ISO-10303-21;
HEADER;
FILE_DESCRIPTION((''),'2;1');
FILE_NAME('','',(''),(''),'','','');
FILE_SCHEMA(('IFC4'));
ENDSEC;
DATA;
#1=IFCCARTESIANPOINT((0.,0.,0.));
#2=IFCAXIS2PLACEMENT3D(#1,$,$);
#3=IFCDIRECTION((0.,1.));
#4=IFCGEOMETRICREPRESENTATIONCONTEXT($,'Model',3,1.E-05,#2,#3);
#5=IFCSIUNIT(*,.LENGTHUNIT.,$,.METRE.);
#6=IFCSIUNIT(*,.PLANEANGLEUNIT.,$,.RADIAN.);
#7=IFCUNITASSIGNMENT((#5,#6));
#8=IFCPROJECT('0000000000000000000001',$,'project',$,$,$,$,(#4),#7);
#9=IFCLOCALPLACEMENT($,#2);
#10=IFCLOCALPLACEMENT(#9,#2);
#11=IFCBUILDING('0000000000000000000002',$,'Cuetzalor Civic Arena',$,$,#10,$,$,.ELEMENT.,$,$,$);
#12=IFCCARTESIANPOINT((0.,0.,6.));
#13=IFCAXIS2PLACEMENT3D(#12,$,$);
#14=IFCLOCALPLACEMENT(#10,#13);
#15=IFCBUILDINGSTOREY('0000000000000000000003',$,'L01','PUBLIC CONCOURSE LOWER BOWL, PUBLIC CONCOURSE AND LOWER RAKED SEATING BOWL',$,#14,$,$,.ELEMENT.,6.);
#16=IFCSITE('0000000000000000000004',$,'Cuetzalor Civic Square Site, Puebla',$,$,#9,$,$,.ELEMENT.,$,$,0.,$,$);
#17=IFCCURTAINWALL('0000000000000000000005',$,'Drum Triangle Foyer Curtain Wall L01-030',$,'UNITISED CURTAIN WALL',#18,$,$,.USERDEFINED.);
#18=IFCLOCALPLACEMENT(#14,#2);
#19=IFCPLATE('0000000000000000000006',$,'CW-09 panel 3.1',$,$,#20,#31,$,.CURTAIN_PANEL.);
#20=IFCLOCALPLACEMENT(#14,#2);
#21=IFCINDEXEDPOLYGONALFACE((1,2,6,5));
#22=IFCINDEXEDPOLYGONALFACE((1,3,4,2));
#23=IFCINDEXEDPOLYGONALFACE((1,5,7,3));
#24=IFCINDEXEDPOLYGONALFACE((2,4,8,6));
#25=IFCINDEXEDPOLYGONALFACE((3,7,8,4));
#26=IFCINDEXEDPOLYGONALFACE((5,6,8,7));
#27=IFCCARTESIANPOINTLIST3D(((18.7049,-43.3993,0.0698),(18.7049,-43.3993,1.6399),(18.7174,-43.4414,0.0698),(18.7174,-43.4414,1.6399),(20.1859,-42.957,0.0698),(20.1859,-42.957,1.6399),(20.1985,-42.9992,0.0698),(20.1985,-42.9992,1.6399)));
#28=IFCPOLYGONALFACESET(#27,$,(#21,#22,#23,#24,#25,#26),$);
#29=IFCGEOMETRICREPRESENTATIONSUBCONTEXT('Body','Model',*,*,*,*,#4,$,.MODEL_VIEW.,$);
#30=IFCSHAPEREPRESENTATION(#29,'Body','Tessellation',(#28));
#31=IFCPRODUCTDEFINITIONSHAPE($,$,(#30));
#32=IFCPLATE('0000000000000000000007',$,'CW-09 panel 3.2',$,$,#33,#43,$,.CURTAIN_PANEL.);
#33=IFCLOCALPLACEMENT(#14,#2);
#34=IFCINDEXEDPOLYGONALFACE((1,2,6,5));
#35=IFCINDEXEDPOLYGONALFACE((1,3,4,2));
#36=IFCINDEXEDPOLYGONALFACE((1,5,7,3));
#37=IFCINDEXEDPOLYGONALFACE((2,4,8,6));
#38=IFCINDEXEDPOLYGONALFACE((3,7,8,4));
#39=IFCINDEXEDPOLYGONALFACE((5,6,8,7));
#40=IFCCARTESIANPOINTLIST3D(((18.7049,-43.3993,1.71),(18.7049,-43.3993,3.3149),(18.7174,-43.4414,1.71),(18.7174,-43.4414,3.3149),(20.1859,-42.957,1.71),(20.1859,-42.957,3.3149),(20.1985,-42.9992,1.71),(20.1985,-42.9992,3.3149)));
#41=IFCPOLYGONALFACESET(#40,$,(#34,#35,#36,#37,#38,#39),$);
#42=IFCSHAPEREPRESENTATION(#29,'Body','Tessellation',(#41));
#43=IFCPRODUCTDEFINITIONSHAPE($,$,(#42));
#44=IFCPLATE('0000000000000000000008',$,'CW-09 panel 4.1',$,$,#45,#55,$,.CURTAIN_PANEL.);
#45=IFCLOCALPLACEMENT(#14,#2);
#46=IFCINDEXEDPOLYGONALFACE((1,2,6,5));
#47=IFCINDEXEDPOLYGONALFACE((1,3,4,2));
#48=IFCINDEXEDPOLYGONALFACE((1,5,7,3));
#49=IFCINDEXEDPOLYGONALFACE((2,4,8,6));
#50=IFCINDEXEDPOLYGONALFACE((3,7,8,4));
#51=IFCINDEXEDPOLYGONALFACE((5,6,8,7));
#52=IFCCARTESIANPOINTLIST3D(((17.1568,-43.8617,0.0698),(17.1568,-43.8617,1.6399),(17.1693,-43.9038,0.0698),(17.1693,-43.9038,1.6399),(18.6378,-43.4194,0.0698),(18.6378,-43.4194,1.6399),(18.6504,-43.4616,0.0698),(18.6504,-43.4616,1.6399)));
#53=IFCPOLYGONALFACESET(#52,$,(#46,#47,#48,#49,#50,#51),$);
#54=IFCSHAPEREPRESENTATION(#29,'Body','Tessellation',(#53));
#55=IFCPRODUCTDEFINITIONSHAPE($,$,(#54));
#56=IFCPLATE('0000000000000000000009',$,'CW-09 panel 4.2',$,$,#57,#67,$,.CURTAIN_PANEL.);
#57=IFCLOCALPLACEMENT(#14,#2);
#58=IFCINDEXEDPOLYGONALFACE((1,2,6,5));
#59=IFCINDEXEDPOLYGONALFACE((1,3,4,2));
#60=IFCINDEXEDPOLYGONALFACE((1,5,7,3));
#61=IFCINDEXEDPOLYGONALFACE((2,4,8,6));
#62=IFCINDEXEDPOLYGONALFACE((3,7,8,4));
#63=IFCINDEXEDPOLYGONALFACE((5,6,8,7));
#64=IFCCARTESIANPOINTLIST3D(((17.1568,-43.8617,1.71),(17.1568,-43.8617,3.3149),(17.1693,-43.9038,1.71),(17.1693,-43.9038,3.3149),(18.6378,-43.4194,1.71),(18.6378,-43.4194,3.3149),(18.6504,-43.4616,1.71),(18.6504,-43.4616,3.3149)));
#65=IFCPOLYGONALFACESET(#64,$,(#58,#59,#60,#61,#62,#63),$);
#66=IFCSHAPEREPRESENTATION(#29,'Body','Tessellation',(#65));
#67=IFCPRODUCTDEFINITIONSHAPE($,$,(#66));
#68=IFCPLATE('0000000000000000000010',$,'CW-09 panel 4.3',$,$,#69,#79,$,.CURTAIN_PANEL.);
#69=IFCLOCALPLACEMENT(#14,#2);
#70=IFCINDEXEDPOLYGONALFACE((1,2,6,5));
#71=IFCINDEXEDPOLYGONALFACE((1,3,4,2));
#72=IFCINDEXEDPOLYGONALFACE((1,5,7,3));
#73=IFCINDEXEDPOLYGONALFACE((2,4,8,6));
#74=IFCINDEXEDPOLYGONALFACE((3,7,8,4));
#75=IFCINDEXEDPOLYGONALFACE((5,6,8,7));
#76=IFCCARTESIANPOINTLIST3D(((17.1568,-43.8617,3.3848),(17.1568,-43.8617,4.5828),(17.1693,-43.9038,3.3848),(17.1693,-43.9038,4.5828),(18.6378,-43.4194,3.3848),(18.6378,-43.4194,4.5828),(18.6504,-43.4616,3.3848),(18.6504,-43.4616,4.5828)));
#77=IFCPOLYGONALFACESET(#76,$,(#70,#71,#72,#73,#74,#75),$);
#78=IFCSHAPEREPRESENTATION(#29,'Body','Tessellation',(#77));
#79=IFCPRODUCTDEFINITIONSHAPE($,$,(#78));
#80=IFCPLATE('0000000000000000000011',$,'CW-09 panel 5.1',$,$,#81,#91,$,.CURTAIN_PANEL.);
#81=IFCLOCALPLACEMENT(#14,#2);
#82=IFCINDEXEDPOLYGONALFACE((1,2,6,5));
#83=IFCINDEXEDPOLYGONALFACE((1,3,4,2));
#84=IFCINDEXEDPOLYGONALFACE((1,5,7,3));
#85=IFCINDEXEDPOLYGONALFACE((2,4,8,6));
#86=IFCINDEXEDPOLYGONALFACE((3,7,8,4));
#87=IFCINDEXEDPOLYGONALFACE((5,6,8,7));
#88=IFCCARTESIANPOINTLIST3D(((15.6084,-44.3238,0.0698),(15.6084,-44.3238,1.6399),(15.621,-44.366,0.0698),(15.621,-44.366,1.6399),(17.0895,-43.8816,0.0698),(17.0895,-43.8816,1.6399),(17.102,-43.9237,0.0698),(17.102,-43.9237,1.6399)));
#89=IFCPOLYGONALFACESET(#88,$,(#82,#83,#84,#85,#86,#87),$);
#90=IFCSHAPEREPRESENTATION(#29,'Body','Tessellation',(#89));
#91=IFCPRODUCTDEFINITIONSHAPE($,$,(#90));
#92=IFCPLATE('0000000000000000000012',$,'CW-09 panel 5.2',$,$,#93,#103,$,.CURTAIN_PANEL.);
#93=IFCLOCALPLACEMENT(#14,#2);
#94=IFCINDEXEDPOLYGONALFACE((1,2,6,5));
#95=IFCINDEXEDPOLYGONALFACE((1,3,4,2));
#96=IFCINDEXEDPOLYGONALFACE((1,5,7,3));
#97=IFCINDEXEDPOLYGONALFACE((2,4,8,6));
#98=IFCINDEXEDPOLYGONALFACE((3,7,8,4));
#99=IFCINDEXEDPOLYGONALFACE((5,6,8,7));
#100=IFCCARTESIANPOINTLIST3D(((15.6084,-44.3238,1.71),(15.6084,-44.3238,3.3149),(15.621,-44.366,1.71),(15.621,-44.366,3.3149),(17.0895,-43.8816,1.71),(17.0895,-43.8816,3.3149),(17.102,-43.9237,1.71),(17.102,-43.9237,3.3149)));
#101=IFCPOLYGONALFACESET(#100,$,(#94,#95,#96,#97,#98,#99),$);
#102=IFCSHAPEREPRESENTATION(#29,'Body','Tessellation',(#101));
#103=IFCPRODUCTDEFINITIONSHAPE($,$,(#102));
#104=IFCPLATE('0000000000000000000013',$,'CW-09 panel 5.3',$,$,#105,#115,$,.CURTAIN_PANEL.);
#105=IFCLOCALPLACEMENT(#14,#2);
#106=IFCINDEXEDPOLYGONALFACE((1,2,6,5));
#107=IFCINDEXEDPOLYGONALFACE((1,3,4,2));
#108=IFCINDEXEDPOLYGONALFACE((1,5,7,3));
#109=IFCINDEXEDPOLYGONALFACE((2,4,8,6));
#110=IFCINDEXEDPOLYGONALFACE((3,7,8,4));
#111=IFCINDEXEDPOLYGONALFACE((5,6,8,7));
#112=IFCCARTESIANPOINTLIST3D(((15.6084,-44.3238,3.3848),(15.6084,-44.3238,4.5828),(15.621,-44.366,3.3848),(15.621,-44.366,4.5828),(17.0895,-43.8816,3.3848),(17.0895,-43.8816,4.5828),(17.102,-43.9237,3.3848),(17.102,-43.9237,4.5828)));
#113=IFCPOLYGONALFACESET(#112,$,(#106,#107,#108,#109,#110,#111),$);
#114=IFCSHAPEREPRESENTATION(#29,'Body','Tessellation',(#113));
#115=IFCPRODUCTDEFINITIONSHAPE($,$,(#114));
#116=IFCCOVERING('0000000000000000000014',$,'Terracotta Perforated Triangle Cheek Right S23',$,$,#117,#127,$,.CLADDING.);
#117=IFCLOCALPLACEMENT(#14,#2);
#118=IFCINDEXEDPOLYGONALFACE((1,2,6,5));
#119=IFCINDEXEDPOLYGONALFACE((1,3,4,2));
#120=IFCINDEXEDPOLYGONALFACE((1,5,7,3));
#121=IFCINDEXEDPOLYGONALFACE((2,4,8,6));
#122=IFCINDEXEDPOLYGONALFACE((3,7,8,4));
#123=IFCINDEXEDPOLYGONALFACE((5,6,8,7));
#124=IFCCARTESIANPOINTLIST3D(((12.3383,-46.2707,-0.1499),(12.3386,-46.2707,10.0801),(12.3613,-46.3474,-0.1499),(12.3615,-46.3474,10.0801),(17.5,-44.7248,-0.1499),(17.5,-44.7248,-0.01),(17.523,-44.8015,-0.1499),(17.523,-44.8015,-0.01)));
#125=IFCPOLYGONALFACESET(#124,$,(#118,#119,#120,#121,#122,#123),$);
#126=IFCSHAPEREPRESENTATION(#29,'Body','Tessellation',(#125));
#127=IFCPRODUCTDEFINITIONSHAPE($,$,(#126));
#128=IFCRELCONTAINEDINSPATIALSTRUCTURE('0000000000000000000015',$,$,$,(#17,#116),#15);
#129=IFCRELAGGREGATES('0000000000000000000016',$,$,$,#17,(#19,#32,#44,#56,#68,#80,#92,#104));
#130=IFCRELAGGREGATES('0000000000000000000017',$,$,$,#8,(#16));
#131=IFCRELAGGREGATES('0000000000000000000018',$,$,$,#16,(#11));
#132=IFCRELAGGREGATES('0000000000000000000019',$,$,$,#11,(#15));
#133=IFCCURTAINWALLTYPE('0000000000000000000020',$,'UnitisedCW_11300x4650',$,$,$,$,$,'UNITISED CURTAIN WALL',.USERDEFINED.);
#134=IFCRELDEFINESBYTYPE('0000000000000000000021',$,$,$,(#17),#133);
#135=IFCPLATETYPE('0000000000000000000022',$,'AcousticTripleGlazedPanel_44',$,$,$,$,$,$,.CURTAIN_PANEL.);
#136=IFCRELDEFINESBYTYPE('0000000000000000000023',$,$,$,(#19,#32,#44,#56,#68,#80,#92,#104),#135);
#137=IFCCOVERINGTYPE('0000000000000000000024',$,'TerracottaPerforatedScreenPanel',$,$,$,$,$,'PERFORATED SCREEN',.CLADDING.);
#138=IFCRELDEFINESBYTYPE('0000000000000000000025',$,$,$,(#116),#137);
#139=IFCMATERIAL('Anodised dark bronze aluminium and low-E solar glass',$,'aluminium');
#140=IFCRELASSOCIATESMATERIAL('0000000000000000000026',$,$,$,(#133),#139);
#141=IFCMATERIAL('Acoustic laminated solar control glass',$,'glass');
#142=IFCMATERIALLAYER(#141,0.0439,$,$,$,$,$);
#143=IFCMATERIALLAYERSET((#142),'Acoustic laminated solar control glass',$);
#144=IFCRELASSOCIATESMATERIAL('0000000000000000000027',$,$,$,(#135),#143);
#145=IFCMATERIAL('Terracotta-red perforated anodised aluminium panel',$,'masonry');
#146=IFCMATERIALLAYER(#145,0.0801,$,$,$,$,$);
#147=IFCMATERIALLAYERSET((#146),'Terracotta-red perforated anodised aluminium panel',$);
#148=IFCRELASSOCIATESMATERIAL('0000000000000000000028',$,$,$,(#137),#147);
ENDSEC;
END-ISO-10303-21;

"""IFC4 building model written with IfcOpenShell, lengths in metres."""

from ifc_helpers import new_model, si_unit, direction, frame, origin, origin_2d, place, context, subcontext, project, spatial, polyline, rectangle, outline, extrude, material, layer, layer_set, type_object, element, aggregate, save


model = new_model("IFC4")

# Units and contexts
model_context = context("Model", 3, precision=1e-05, world=origin(), true_north=direction((0.0, 1.0)))
body_context = subcontext(model_context, "Body", "Model", "MODEL_VIEW")
ifc_project = project(units=[si_unit("LENGTHUNIT", "METRE"), si_unit("PLANEANGLEUNIT", "RADIAN")], contexts=[model_context])

# Site, building, storey
site_placement = place(None, origin())
site = spatial("IfcSite", under=ifc_project, at=site_placement, Name="Cuetzalor Civic Square Site, Puebla", CompositionType="ELEMENT", RefElevation=0.0)
building_placement = place(site_placement, origin())
building = spatial("IfcBuilding", under=site, at=building_placement, Name="Cuetzalor Civic Arena", CompositionType="ELEMENT")
storey_placement = place(building_placement, frame((0.0, 0.0, 6.0)))
storey = spatial("IfcBuildingStorey", under=building, at=storey_placement, Name="L01", Description="PUBLIC CONCOURSE LOWER BOWL, PUBLIC CONCOURSE AND LOWER RAKED SEATING BOWL", CompositionType="ELEMENT", Elevation=6.0)

# Curtain wall, plates
ifc_material_1 = material(Name="Anodised dark bronze aluminium and low-E solar glass", Category="aluminium")
curtain_wall_type = type_object("IfcCurtainWallType", Name="UnitisedCW_11300x4650", ElementType="UNITISED CURTAIN WALL", PredefinedType="USERDEFINED", material=ifc_material_1)
curtain_wall_placement = place(storey_placement, origin())
curtain_wall = element("IfcCurtainWall", 1, at=curtain_wall_placement, inside=storey, type_object=curtain_wall_type, Name="Drum Triangle Foyer Curtain Wall L01-030", ObjectType="UNITISED CURTAIN WALL", PredefinedType="USERDEFINED")
ifc_material_2 = material(Name="Acoustic laminated solar control glass", Category="glass")
ifc_layer_1 = layer(ifc_material_2, 0.0439)
ifc_layer_set_1 = layer_set([ifc_layer_1], Name="Acoustic laminated solar control glass")
plate_type = type_object("IfcPlateType", Name="AcousticTripleGlazedPanel_44", PredefinedType="CURTAIN_PANEL", material=ifc_layer_set_1)
plate_1_placement = place(storey_placement, frame((19.4517, -43.1992, 0.0698), z_axis=(0.0, 0.0, 1.0), x_axis=(-0.958194, -0.28612, 0.0)))
plate_1 = element("IfcPlate", 2, at=plate_1_placement, type_object=plate_type, Name="CW-09 panel 3.1", PredefinedType="CURTAIN_PANEL", context=body_context, shape_type="SweptSolid", body=[
    extrude(rectangle(XDim=1.5457, YDim=0.0439, at=origin_2d()), origin(), (0.0, 0.0, 1.0), 1.5701),
])
plate_2_placement = place(storey_placement, frame((19.4517, -43.1992, 1.71), z_axis=(0.0, 0.0, 1.0), x_axis=(-0.958194, -0.28612, 0.0)))
plate_2 = element("IfcPlate", 3, at=plate_2_placement, type_object=plate_type, Name="CW-09 panel 3.2", PredefinedType="CURTAIN_PANEL", context=body_context, shape_type="SweptSolid", body=[
    extrude(rectangle(XDim=1.5457, YDim=0.0439, at=origin_2d()), origin(), (0.0, 0.0, 1.0), 1.605),
])
plate_3_placement = place(storey_placement, frame((17.9036, -43.6616, 0.0698), z_axis=(0.0, 0.0, 1.0), x_axis=(-0.958194, -0.28612, 0.0)))
plate_3 = element("IfcPlate", 4, at=plate_3_placement, type_object=plate_type, Name="CW-09 panel 4.1", PredefinedType="CURTAIN_PANEL", context=body_context, shape_type="SweptSolid", body=[
    extrude(rectangle(XDim=1.5457, YDim=0.0439, at=origin_2d()), origin(), (0.0, 0.0, 1.0), 1.5701),
])
plate_4_placement = place(storey_placement, frame((17.9036, -43.6616, 1.71), z_axis=(0.0, 0.0, 1.0), x_axis=(-0.958194, -0.28612, 0.0)))
plate_4 = element("IfcPlate", 5, at=plate_4_placement, type_object=plate_type, Name="CW-09 panel 4.2", PredefinedType="CURTAIN_PANEL", context=body_context, shape_type="SweptSolid", body=[
    extrude(rectangle(XDim=1.5457, YDim=0.0439, at=origin_2d()), origin(), (0.0, 0.0, 1.0), 1.605),
])
plate_5_placement = place(storey_placement, frame((17.9036, -43.6616, 3.3848), z_axis=(0.0, 0.0, 1.0), x_axis=(-0.958194, -0.28612, 0.0)))
plate_5 = element("IfcPlate", 6, at=plate_5_placement, type_object=plate_type, Name="CW-09 panel 4.3", PredefinedType="CURTAIN_PANEL", context=body_context, shape_type="SweptSolid", body=[
    extrude(rectangle(XDim=1.5457, YDim=0.0439, at=origin_2d()), origin(), (0.0, 0.0, 1.0), 1.198),
])
plate_6_placement = place(storey_placement, frame((16.3552, -44.1238, 0.0698), z_axis=(0.0, 0.0, 1.0), x_axis=(-0.958194, -0.28612, 0.0)))
plate_6 = element("IfcPlate", 7, at=plate_6_placement, type_object=plate_type, Name="CW-09 panel 5.1", PredefinedType="CURTAIN_PANEL", context=body_context, shape_type="SweptSolid", body=[
    extrude(rectangle(XDim=1.5457, YDim=0.0439, at=origin_2d()), origin(), (0.0, 0.0, 1.0), 1.5701),
])
plate_7_placement = place(storey_placement, frame((16.3552, -44.1238, 1.71), z_axis=(0.0, 0.0, 1.0), x_axis=(-0.958194, -0.28612, 0.0)))
plate_7 = element("IfcPlate", 8, at=plate_7_placement, type_object=plate_type, Name="CW-09 panel 5.2", PredefinedType="CURTAIN_PANEL", context=body_context, shape_type="SweptSolid", body=[
    extrude(rectangle(XDim=1.5457, YDim=0.0439, at=origin_2d()), origin(), (0.0, 0.0, 1.0), 1.605),
])
plate_8_placement = place(storey_placement, frame((16.3552, -44.1238, 3.3848), z_axis=(0.0, 0.0, 1.0), x_axis=(-0.958194, -0.28612, 0.0)))
plate_8 = element("IfcPlate", 9, at=plate_8_placement, type_object=plate_type, Name="CW-09 panel 5.3", PredefinedType="CURTAIN_PANEL", context=body_context, shape_type="SweptSolid", body=[
    extrude(rectangle(XDim=1.5457, YDim=0.0439, at=origin_2d()), origin(), (0.0, 0.0, 1.0), 1.198),
])
aggregate(curtain_wall, [plate_1, plate_2, plate_3, plate_4, plate_5, plate_6, plate_7, plate_8])

# Covering
ifc_material_3 = material(Name="Terracotta-red perforated anodised aluminium panel", Category="masonry")
ifc_layer_2 = layer(ifc_material_3, 0.0801)
ifc_layer_set_2 = layer_set([ifc_layer_2], Name="Terracotta-red perforated anodised aluminium panel")
covering_type = type_object("IfcCoveringType", Name="TerracottaPerforatedScreenPanel", ElementType="PERFORATED SCREEN", PredefinedType="CLADDING", material=ifc_layer_set_2)
covering_placement = place(storey_placement, frame((17.5115, -44.7632, -0.1499), z_axis=(0.0, 0.0, 1.0), x_axis=(-0.957958, -0.286907, 0.0)))
element("IfcCovering", 10, at=covering_placement, inside=storey, type_object=covering_type, Name="Terracotta Perforated Triangle Cheek Right S23", PredefinedType="CLADDING", context=body_context, shape_type="SweptSolid", body=[
    extrude(outline(polyline([(0.0, 0.0), (5.3882, 0.0), (5.3879, 10.23), (0.0, 0.1399), (0.0, 0.0)])), frame((0.0, 0.04, 0.0), z_axis=(0.0, -1.0, 0.0), x_axis=(1.0, 0.0, 0.0)), (0.0, 0.0, 1.0), 0.0801),
])

save(model, "model.ifc")
